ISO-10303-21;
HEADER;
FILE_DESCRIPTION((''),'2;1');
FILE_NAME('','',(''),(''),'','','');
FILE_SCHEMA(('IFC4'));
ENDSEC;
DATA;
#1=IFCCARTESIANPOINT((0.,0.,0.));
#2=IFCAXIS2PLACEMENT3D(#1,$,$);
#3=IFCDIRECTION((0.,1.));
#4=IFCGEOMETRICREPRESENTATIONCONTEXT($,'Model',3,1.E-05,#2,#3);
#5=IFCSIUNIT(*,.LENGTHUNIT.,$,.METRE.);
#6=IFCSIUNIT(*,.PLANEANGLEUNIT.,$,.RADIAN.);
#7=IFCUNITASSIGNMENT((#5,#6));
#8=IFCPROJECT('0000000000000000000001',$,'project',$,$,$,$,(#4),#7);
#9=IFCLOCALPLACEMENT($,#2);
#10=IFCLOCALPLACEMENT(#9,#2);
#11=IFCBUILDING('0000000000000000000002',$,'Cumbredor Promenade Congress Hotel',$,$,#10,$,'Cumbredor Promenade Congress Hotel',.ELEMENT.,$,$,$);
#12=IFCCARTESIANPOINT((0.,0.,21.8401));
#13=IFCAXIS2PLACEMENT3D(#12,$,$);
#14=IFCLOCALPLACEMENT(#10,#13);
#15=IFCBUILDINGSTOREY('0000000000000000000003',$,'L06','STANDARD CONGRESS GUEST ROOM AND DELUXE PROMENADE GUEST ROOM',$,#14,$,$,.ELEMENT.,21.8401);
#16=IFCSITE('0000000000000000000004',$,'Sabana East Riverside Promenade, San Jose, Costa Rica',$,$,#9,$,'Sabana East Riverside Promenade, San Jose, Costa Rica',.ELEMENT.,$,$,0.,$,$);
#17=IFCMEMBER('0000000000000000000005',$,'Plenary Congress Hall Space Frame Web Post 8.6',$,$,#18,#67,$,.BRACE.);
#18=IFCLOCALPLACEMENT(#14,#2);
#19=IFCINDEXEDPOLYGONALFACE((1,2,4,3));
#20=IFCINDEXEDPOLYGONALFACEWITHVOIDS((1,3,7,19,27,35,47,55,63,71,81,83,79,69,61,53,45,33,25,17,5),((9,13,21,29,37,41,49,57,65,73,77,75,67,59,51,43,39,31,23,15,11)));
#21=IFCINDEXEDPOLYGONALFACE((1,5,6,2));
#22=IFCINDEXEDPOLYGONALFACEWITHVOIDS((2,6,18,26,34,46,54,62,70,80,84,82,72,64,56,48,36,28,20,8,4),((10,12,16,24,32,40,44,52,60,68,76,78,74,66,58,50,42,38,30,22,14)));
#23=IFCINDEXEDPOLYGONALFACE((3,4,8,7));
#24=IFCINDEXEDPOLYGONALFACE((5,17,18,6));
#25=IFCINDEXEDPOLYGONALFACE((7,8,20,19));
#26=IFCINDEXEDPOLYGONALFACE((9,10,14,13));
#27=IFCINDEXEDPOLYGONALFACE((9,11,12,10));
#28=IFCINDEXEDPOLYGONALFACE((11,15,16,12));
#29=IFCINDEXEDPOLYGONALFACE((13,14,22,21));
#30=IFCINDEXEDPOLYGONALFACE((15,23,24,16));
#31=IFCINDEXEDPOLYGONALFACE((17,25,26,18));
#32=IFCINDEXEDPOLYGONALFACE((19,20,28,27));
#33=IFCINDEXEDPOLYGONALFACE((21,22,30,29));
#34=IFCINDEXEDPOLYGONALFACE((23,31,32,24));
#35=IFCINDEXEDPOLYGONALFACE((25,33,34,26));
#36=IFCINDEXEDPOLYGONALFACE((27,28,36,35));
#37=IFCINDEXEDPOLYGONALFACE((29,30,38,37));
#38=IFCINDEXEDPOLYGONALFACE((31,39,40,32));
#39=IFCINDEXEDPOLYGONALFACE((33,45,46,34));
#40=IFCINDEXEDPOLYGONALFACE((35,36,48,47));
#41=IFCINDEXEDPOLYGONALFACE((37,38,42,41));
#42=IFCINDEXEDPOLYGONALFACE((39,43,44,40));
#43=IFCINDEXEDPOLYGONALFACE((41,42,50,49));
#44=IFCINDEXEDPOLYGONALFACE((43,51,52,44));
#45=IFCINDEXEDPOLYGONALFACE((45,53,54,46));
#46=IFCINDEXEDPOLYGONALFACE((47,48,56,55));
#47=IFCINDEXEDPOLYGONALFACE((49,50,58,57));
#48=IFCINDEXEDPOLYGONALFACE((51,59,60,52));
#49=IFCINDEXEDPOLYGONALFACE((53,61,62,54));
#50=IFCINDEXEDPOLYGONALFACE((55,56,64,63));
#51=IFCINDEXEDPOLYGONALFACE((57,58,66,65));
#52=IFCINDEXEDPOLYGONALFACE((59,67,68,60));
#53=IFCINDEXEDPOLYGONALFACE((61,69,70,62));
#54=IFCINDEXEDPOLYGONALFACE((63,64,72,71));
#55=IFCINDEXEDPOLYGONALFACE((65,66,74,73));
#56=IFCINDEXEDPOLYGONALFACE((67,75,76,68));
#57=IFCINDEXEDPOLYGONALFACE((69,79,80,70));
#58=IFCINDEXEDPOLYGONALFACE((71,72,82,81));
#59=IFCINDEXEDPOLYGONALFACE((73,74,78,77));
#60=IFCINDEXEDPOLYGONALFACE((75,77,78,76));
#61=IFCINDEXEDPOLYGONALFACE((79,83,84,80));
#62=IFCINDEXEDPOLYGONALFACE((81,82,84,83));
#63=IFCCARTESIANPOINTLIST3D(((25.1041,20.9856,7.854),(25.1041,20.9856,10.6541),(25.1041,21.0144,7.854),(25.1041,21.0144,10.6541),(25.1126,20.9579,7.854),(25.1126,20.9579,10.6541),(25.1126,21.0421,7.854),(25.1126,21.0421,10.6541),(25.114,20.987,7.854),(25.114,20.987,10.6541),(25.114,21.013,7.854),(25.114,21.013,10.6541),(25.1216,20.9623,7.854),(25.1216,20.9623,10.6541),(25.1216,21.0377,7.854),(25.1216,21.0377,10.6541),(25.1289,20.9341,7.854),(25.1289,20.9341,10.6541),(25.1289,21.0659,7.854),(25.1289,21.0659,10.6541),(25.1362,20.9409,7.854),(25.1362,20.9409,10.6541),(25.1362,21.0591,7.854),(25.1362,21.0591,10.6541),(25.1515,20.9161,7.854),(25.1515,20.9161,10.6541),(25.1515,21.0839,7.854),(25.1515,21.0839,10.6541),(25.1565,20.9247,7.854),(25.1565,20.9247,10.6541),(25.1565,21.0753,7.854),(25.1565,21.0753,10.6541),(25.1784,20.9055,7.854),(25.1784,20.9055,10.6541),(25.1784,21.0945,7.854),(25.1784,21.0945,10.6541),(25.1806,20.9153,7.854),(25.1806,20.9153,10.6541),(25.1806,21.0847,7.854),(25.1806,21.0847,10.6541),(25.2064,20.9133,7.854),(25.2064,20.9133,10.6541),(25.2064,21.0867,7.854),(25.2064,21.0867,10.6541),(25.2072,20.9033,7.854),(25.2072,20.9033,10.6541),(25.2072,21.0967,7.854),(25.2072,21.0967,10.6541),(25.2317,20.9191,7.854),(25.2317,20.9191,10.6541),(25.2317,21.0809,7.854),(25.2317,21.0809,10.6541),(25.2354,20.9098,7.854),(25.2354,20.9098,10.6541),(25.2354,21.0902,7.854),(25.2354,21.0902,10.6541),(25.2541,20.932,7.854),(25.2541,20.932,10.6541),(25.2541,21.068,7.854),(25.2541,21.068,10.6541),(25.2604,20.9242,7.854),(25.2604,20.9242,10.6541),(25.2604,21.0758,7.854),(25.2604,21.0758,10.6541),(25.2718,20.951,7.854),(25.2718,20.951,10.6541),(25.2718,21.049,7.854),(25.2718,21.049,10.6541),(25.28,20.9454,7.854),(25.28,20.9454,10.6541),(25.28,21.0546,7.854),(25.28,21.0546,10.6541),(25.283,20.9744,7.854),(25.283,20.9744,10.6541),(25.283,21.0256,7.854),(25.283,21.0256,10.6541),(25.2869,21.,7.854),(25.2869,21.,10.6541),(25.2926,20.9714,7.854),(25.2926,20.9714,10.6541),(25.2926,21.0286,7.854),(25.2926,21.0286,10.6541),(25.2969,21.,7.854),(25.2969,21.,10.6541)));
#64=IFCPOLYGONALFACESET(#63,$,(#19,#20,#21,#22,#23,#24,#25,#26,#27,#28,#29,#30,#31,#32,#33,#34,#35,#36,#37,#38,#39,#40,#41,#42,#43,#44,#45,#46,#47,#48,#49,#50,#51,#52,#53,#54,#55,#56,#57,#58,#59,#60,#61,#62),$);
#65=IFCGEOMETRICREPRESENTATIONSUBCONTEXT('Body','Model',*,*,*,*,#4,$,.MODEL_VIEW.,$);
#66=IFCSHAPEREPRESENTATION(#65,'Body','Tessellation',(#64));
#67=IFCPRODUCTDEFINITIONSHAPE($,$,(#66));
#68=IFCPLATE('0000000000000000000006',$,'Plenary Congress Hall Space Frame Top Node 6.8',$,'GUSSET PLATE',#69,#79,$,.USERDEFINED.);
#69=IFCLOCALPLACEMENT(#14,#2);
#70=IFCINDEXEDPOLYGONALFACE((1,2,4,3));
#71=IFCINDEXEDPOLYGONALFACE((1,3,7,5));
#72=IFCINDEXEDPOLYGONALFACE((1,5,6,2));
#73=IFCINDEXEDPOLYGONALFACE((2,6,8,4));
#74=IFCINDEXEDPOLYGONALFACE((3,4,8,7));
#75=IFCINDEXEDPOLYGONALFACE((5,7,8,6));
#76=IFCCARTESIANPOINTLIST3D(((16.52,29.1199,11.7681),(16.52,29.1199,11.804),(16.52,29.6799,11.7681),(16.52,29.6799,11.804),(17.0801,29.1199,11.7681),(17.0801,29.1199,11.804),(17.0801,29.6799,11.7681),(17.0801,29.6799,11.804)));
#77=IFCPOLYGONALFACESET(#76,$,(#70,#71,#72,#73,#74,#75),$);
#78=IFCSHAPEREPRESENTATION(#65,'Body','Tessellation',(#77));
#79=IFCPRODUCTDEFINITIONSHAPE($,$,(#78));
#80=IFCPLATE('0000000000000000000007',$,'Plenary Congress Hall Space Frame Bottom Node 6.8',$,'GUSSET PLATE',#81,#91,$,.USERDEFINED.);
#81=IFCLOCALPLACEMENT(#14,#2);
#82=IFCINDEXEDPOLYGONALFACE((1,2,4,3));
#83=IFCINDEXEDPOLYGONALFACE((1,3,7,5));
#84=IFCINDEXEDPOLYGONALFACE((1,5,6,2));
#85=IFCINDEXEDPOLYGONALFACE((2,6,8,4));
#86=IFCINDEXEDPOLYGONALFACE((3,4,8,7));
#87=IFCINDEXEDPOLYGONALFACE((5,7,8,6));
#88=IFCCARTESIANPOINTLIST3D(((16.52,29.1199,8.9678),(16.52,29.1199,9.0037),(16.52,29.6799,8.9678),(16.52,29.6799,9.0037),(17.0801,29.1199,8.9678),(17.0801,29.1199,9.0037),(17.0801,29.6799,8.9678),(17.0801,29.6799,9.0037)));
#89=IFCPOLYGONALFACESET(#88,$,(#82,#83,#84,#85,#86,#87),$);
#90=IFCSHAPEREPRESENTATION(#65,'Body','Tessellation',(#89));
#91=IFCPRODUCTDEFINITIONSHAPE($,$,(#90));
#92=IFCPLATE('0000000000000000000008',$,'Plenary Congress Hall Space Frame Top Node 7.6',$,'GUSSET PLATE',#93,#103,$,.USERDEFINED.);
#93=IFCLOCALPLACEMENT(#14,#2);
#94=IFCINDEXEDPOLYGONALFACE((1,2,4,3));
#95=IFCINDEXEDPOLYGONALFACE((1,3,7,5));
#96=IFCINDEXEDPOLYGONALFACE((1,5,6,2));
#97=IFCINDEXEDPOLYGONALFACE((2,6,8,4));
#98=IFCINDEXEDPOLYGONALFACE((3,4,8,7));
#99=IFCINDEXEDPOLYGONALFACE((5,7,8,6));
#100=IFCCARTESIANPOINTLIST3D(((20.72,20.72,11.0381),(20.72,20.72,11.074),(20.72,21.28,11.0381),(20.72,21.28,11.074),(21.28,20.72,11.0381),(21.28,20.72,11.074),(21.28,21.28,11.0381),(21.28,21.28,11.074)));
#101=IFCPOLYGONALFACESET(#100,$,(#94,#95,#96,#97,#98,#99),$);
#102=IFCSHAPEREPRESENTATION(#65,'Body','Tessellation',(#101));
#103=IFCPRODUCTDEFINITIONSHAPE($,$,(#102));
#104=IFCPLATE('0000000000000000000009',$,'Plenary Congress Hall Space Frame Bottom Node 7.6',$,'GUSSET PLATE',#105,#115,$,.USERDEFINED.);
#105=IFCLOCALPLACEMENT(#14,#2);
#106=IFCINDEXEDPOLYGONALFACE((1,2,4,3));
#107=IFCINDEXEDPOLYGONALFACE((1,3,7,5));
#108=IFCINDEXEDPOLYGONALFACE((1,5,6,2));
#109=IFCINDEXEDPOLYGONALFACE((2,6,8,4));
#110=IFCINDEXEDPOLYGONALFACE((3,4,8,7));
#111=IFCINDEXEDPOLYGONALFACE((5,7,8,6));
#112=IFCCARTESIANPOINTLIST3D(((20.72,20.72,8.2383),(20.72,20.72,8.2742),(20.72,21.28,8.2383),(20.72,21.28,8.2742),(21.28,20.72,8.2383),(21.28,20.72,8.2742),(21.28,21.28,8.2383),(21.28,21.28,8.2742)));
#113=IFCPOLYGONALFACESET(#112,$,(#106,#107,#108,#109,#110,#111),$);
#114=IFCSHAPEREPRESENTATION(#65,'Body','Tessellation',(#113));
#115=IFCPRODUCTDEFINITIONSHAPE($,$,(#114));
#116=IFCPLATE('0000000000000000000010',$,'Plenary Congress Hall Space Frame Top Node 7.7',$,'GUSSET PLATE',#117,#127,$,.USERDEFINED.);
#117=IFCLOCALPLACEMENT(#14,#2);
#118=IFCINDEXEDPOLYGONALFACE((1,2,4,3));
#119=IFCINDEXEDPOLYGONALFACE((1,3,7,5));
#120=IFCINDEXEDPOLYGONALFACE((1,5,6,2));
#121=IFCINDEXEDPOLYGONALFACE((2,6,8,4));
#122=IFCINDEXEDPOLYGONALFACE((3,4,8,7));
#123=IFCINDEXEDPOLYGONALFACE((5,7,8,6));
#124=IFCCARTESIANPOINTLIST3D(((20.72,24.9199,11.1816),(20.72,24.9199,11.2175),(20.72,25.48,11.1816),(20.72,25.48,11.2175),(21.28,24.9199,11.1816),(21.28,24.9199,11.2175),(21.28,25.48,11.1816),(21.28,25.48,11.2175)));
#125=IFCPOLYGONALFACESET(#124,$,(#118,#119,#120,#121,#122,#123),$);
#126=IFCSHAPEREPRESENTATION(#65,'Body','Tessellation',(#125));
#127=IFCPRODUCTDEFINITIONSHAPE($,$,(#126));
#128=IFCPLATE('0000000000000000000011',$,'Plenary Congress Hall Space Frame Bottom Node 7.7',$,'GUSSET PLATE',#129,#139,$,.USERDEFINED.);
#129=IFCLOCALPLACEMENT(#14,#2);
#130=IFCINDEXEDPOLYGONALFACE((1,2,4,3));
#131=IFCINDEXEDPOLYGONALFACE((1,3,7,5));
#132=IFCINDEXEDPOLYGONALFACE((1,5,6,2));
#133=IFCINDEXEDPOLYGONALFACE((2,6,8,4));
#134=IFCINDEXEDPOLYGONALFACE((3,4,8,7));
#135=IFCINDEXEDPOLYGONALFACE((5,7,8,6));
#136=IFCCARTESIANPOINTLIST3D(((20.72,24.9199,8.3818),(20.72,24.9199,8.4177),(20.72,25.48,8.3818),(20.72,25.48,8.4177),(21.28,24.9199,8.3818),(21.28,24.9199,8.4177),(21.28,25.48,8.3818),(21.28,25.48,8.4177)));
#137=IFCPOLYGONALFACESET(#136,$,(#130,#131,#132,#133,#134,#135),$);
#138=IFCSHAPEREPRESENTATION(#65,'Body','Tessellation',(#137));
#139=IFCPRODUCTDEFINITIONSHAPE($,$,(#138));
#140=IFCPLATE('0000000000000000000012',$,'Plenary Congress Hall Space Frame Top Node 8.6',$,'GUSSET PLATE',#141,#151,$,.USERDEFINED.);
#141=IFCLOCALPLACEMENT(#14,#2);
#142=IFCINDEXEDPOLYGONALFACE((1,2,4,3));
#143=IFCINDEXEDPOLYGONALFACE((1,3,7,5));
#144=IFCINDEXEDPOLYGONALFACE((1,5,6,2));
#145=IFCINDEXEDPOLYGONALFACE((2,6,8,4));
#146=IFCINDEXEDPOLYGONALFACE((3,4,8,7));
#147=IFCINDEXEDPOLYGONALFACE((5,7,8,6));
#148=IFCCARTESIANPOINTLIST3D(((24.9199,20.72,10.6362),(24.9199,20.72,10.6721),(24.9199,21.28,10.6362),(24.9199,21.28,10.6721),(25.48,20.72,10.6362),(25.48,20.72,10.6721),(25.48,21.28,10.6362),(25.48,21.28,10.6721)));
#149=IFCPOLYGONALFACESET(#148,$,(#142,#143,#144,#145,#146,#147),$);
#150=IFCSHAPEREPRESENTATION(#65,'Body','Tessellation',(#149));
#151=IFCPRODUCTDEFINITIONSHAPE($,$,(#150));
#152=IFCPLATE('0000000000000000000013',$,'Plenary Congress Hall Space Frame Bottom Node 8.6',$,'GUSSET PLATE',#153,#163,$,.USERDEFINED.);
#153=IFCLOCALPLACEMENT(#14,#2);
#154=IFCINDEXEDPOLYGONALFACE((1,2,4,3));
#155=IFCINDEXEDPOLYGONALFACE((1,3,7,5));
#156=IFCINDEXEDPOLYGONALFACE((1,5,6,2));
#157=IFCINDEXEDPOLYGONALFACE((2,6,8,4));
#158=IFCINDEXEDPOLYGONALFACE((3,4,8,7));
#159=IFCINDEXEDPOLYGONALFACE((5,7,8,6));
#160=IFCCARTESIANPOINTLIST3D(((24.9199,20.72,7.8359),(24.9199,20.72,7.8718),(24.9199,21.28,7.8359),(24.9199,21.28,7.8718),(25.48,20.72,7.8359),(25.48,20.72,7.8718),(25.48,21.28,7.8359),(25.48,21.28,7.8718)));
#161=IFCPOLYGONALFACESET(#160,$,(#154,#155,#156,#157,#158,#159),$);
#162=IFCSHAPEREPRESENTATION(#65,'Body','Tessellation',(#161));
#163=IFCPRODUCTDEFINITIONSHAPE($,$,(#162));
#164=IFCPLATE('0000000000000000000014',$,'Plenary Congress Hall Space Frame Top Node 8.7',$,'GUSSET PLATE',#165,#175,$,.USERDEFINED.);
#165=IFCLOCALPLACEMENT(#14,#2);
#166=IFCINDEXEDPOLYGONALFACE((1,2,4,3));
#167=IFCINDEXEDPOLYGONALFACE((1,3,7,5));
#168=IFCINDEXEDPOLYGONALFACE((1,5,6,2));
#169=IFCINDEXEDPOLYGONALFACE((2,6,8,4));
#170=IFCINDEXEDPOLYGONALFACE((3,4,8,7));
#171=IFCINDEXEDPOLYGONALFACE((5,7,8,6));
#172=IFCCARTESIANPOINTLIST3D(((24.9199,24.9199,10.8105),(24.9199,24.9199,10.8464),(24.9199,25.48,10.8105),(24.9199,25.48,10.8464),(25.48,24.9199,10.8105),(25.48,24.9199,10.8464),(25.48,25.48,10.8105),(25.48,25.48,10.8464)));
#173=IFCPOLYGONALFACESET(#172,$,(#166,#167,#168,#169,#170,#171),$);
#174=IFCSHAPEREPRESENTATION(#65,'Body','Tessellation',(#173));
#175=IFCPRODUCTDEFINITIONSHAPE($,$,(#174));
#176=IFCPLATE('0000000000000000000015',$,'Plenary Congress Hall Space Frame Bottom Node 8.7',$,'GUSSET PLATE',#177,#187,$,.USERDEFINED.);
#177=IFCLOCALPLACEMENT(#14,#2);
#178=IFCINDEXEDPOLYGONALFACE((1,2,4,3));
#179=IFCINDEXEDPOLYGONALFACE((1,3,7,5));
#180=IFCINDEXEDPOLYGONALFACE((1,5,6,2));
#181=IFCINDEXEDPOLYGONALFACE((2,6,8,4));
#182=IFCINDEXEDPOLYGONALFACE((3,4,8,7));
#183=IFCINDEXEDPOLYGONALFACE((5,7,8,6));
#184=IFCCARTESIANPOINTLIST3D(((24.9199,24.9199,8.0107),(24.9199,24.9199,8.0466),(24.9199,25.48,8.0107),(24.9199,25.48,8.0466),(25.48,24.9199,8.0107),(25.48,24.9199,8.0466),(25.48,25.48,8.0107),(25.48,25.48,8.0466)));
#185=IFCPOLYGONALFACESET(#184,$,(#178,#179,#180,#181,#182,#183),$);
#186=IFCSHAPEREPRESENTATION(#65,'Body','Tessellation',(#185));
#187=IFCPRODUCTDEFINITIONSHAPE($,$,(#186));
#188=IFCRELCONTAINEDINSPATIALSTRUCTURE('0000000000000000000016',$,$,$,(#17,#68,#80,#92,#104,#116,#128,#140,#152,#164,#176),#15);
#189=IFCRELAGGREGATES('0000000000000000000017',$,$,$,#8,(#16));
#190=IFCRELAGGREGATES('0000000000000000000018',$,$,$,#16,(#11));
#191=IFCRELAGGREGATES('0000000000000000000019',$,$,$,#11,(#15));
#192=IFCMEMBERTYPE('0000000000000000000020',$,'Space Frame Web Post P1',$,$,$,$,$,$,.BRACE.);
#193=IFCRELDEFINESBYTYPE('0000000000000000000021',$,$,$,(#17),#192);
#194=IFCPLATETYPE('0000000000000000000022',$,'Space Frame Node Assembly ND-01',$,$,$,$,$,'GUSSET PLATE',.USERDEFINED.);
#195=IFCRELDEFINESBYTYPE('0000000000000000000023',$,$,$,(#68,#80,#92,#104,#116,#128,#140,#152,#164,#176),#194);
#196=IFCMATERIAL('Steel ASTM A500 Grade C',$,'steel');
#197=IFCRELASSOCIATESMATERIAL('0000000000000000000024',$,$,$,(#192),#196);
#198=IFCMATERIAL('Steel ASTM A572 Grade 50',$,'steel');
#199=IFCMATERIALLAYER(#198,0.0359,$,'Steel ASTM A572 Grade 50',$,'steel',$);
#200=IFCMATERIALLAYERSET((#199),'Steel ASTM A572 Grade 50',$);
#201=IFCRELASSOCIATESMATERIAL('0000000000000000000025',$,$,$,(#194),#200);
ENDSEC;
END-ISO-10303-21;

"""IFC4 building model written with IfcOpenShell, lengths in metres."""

from ifc_helpers import new_model, si_unit, direction, frame, origin, origin_2d, place, context, subcontext, project, spatial, rectangle, hollow_circle, extrude, material, layer, layer_set, material_profile, profile_set, type_object, element, save


model = new_model("IFC4")

# Units and contexts
model_context = context("Model", 3, precision=1e-05, world=origin(), true_north=direction((0.0, 1.0)))
body_context = subcontext(model_context, "Body", "Model", "MODEL_VIEW")
ifc_project = project(units=[si_unit("LENGTHUNIT", "METRE"), si_unit("PLANEANGLEUNIT", "RADIAN")], contexts=[model_context])

# Site, building, storey
site_placement = place(None, origin())
site = spatial("IfcSite", under=ifc_project, at=site_placement, Name="Sabana East Riverside Promenade, San Jose, Costa Rica", LongName="Sabana East Riverside Promenade, San Jose, Costa Rica", CompositionType="ELEMENT", RefElevation=0.0)
building_placement = place(site_placement, origin())
building = spatial("IfcBuilding", under=site, at=building_placement, Name="Cumbredor Promenade Congress Hotel", LongName="Cumbredor Promenade Congress Hotel", CompositionType="ELEMENT")
storey_placement = place(building_placement, frame((0.0, 0.0, 21.8401)))
storey = spatial("IfcBuildingStorey", under=building, at=storey_placement, Name="L06", Description="STANDARD CONGRESS GUEST ROOM AND DELUXE PROMENADE GUEST ROOM", CompositionType="ELEMENT", Elevation=21.8401)

# Member
ifc_material_1 = material(Name="Steel ASTM A500 Grade C", Category="steel")
ifc_material_profile_1 = material_profile(ifc_material_1, hollow_circle(Radius=0.0969, WallThickness=0.01, at=origin_2d()), Name="CHS 193.7x10")
ifc_profile_set_1 = profile_set([ifc_material_profile_1], Name="Steel ASTM A500 Grade C")
member_type_1 = type_object("IfcMemberType", Name="Space Frame Web Post P1", PredefinedType="BRACE", material=ifc_profile_set_1)
for number, where, z_axis, x_axis, name in (
    (1, (25.2, 21.0, 7.854), (0.0, 0.0, 1.0), (1.0, 0.0, 0.0), "Plenary Congress Hall Space Frame Web Post 8.6"),
):
    element("IfcMember", number, at=place(storey_placement, frame(where, z_axis=z_axis, x_axis=x_axis)), inside=storey, type_object=member_type_1, Name=name, PredefinedType="BRACE", context=body_context, shape_type="SweptSolid", body=[
        extrude(hollow_circle(Radius=0.0969, WallThickness=0.01, at=origin_2d()), origin(), (0.0, 0.0, 1.0), 2.8),
    ])

# Plates
ifc_material_2 = material(Name="Steel ASTM A572 Grade 50", Category="steel")
ifc_layer = layer(ifc_material_2, 0.0359, Name="Steel ASTM A572 Grade 50", Category="steel")
ifc_layer_set = layer_set([ifc_layer], Name="Steel ASTM A572 Grade 50")
plate_type = type_object("IfcPlateType", Name="Space Frame Node Assembly ND-01", ElementType="GUSSET PLATE", PredefinedType="USERDEFINED", material=ifc_layer_set)
for number, where, z_axis, x_axis, name in (
    (2, (16.8, 29.3999, 11.7681), (0.0, 0.0, 1.0), (1.0, 0.0, 0.0), "Plenary Congress Hall Space Frame Top Node 6.8"),
    (3, (16.8, 29.3999, 8.9678), (0.0, 0.0, 1.0), (1.0, 0.0, 0.0), "Plenary Congress Hall Space Frame Bottom Node 6.8"),
    (4, (21.0, 21.0, 11.0381), (0.0, 0.0, 1.0), (1.0, 0.0, 0.0), "Plenary Congress Hall Space Frame Top Node 7.6"),
    (5, (21.0, 21.0, 8.2383), (0.0, 0.0, 1.0), (1.0, 0.0, 0.0), "Plenary Congress Hall Space Frame Bottom Node 7.6"),
    (6, (21.0, 25.2, 11.1816), (0.0, 0.0, 1.0), (1.0, 0.0, 0.0), "Plenary Congress Hall Space Frame Top Node 7.7"),
    (7, (21.0, 25.2, 8.3818), (0.0, 0.0, 1.0), (1.0, 0.0, 0.0), "Plenary Congress Hall Space Frame Bottom Node 7.7"),
    (8, (25.2, 21.0, 10.6362), (0.0, 0.0, 1.0), (1.0, 0.0, 0.0), "Plenary Congress Hall Space Frame Top Node 8.6"),
    (9, (25.2, 21.0, 7.8359), (0.0, 0.0, 1.0), (1.0, 0.0, 0.0), "Plenary Congress Hall Space Frame Bottom Node 8.6"),
    (10, (25.2, 25.2, 10.8105), (0.0, 0.0, 1.0), (1.0, 0.0, 0.0), "Plenary Congress Hall Space Frame Top Node 8.7"),
    (11, (25.2, 25.2, 8.0107), (0.0, 0.0, 1.0), (1.0, 0.0, 0.0), "Plenary Congress Hall Space Frame Bottom Node 8.7"),
):
    element("IfcPlate", number, at=place(storey_placement, frame(where, z_axis=z_axis, x_axis=x_axis)), inside=storey, type_object=plate_type, Name=name, ObjectType="GUSSET PLATE", PredefinedType="USERDEFINED", context=body_context, shape_type="SweptSolid", body=[
        extrude(rectangle(XDim=0.5601, YDim=0.5601, at=origin_2d()), origin(), (0.0, 0.0, 1.0), 0.0359),
    ])

save(model, "model.ifc")
